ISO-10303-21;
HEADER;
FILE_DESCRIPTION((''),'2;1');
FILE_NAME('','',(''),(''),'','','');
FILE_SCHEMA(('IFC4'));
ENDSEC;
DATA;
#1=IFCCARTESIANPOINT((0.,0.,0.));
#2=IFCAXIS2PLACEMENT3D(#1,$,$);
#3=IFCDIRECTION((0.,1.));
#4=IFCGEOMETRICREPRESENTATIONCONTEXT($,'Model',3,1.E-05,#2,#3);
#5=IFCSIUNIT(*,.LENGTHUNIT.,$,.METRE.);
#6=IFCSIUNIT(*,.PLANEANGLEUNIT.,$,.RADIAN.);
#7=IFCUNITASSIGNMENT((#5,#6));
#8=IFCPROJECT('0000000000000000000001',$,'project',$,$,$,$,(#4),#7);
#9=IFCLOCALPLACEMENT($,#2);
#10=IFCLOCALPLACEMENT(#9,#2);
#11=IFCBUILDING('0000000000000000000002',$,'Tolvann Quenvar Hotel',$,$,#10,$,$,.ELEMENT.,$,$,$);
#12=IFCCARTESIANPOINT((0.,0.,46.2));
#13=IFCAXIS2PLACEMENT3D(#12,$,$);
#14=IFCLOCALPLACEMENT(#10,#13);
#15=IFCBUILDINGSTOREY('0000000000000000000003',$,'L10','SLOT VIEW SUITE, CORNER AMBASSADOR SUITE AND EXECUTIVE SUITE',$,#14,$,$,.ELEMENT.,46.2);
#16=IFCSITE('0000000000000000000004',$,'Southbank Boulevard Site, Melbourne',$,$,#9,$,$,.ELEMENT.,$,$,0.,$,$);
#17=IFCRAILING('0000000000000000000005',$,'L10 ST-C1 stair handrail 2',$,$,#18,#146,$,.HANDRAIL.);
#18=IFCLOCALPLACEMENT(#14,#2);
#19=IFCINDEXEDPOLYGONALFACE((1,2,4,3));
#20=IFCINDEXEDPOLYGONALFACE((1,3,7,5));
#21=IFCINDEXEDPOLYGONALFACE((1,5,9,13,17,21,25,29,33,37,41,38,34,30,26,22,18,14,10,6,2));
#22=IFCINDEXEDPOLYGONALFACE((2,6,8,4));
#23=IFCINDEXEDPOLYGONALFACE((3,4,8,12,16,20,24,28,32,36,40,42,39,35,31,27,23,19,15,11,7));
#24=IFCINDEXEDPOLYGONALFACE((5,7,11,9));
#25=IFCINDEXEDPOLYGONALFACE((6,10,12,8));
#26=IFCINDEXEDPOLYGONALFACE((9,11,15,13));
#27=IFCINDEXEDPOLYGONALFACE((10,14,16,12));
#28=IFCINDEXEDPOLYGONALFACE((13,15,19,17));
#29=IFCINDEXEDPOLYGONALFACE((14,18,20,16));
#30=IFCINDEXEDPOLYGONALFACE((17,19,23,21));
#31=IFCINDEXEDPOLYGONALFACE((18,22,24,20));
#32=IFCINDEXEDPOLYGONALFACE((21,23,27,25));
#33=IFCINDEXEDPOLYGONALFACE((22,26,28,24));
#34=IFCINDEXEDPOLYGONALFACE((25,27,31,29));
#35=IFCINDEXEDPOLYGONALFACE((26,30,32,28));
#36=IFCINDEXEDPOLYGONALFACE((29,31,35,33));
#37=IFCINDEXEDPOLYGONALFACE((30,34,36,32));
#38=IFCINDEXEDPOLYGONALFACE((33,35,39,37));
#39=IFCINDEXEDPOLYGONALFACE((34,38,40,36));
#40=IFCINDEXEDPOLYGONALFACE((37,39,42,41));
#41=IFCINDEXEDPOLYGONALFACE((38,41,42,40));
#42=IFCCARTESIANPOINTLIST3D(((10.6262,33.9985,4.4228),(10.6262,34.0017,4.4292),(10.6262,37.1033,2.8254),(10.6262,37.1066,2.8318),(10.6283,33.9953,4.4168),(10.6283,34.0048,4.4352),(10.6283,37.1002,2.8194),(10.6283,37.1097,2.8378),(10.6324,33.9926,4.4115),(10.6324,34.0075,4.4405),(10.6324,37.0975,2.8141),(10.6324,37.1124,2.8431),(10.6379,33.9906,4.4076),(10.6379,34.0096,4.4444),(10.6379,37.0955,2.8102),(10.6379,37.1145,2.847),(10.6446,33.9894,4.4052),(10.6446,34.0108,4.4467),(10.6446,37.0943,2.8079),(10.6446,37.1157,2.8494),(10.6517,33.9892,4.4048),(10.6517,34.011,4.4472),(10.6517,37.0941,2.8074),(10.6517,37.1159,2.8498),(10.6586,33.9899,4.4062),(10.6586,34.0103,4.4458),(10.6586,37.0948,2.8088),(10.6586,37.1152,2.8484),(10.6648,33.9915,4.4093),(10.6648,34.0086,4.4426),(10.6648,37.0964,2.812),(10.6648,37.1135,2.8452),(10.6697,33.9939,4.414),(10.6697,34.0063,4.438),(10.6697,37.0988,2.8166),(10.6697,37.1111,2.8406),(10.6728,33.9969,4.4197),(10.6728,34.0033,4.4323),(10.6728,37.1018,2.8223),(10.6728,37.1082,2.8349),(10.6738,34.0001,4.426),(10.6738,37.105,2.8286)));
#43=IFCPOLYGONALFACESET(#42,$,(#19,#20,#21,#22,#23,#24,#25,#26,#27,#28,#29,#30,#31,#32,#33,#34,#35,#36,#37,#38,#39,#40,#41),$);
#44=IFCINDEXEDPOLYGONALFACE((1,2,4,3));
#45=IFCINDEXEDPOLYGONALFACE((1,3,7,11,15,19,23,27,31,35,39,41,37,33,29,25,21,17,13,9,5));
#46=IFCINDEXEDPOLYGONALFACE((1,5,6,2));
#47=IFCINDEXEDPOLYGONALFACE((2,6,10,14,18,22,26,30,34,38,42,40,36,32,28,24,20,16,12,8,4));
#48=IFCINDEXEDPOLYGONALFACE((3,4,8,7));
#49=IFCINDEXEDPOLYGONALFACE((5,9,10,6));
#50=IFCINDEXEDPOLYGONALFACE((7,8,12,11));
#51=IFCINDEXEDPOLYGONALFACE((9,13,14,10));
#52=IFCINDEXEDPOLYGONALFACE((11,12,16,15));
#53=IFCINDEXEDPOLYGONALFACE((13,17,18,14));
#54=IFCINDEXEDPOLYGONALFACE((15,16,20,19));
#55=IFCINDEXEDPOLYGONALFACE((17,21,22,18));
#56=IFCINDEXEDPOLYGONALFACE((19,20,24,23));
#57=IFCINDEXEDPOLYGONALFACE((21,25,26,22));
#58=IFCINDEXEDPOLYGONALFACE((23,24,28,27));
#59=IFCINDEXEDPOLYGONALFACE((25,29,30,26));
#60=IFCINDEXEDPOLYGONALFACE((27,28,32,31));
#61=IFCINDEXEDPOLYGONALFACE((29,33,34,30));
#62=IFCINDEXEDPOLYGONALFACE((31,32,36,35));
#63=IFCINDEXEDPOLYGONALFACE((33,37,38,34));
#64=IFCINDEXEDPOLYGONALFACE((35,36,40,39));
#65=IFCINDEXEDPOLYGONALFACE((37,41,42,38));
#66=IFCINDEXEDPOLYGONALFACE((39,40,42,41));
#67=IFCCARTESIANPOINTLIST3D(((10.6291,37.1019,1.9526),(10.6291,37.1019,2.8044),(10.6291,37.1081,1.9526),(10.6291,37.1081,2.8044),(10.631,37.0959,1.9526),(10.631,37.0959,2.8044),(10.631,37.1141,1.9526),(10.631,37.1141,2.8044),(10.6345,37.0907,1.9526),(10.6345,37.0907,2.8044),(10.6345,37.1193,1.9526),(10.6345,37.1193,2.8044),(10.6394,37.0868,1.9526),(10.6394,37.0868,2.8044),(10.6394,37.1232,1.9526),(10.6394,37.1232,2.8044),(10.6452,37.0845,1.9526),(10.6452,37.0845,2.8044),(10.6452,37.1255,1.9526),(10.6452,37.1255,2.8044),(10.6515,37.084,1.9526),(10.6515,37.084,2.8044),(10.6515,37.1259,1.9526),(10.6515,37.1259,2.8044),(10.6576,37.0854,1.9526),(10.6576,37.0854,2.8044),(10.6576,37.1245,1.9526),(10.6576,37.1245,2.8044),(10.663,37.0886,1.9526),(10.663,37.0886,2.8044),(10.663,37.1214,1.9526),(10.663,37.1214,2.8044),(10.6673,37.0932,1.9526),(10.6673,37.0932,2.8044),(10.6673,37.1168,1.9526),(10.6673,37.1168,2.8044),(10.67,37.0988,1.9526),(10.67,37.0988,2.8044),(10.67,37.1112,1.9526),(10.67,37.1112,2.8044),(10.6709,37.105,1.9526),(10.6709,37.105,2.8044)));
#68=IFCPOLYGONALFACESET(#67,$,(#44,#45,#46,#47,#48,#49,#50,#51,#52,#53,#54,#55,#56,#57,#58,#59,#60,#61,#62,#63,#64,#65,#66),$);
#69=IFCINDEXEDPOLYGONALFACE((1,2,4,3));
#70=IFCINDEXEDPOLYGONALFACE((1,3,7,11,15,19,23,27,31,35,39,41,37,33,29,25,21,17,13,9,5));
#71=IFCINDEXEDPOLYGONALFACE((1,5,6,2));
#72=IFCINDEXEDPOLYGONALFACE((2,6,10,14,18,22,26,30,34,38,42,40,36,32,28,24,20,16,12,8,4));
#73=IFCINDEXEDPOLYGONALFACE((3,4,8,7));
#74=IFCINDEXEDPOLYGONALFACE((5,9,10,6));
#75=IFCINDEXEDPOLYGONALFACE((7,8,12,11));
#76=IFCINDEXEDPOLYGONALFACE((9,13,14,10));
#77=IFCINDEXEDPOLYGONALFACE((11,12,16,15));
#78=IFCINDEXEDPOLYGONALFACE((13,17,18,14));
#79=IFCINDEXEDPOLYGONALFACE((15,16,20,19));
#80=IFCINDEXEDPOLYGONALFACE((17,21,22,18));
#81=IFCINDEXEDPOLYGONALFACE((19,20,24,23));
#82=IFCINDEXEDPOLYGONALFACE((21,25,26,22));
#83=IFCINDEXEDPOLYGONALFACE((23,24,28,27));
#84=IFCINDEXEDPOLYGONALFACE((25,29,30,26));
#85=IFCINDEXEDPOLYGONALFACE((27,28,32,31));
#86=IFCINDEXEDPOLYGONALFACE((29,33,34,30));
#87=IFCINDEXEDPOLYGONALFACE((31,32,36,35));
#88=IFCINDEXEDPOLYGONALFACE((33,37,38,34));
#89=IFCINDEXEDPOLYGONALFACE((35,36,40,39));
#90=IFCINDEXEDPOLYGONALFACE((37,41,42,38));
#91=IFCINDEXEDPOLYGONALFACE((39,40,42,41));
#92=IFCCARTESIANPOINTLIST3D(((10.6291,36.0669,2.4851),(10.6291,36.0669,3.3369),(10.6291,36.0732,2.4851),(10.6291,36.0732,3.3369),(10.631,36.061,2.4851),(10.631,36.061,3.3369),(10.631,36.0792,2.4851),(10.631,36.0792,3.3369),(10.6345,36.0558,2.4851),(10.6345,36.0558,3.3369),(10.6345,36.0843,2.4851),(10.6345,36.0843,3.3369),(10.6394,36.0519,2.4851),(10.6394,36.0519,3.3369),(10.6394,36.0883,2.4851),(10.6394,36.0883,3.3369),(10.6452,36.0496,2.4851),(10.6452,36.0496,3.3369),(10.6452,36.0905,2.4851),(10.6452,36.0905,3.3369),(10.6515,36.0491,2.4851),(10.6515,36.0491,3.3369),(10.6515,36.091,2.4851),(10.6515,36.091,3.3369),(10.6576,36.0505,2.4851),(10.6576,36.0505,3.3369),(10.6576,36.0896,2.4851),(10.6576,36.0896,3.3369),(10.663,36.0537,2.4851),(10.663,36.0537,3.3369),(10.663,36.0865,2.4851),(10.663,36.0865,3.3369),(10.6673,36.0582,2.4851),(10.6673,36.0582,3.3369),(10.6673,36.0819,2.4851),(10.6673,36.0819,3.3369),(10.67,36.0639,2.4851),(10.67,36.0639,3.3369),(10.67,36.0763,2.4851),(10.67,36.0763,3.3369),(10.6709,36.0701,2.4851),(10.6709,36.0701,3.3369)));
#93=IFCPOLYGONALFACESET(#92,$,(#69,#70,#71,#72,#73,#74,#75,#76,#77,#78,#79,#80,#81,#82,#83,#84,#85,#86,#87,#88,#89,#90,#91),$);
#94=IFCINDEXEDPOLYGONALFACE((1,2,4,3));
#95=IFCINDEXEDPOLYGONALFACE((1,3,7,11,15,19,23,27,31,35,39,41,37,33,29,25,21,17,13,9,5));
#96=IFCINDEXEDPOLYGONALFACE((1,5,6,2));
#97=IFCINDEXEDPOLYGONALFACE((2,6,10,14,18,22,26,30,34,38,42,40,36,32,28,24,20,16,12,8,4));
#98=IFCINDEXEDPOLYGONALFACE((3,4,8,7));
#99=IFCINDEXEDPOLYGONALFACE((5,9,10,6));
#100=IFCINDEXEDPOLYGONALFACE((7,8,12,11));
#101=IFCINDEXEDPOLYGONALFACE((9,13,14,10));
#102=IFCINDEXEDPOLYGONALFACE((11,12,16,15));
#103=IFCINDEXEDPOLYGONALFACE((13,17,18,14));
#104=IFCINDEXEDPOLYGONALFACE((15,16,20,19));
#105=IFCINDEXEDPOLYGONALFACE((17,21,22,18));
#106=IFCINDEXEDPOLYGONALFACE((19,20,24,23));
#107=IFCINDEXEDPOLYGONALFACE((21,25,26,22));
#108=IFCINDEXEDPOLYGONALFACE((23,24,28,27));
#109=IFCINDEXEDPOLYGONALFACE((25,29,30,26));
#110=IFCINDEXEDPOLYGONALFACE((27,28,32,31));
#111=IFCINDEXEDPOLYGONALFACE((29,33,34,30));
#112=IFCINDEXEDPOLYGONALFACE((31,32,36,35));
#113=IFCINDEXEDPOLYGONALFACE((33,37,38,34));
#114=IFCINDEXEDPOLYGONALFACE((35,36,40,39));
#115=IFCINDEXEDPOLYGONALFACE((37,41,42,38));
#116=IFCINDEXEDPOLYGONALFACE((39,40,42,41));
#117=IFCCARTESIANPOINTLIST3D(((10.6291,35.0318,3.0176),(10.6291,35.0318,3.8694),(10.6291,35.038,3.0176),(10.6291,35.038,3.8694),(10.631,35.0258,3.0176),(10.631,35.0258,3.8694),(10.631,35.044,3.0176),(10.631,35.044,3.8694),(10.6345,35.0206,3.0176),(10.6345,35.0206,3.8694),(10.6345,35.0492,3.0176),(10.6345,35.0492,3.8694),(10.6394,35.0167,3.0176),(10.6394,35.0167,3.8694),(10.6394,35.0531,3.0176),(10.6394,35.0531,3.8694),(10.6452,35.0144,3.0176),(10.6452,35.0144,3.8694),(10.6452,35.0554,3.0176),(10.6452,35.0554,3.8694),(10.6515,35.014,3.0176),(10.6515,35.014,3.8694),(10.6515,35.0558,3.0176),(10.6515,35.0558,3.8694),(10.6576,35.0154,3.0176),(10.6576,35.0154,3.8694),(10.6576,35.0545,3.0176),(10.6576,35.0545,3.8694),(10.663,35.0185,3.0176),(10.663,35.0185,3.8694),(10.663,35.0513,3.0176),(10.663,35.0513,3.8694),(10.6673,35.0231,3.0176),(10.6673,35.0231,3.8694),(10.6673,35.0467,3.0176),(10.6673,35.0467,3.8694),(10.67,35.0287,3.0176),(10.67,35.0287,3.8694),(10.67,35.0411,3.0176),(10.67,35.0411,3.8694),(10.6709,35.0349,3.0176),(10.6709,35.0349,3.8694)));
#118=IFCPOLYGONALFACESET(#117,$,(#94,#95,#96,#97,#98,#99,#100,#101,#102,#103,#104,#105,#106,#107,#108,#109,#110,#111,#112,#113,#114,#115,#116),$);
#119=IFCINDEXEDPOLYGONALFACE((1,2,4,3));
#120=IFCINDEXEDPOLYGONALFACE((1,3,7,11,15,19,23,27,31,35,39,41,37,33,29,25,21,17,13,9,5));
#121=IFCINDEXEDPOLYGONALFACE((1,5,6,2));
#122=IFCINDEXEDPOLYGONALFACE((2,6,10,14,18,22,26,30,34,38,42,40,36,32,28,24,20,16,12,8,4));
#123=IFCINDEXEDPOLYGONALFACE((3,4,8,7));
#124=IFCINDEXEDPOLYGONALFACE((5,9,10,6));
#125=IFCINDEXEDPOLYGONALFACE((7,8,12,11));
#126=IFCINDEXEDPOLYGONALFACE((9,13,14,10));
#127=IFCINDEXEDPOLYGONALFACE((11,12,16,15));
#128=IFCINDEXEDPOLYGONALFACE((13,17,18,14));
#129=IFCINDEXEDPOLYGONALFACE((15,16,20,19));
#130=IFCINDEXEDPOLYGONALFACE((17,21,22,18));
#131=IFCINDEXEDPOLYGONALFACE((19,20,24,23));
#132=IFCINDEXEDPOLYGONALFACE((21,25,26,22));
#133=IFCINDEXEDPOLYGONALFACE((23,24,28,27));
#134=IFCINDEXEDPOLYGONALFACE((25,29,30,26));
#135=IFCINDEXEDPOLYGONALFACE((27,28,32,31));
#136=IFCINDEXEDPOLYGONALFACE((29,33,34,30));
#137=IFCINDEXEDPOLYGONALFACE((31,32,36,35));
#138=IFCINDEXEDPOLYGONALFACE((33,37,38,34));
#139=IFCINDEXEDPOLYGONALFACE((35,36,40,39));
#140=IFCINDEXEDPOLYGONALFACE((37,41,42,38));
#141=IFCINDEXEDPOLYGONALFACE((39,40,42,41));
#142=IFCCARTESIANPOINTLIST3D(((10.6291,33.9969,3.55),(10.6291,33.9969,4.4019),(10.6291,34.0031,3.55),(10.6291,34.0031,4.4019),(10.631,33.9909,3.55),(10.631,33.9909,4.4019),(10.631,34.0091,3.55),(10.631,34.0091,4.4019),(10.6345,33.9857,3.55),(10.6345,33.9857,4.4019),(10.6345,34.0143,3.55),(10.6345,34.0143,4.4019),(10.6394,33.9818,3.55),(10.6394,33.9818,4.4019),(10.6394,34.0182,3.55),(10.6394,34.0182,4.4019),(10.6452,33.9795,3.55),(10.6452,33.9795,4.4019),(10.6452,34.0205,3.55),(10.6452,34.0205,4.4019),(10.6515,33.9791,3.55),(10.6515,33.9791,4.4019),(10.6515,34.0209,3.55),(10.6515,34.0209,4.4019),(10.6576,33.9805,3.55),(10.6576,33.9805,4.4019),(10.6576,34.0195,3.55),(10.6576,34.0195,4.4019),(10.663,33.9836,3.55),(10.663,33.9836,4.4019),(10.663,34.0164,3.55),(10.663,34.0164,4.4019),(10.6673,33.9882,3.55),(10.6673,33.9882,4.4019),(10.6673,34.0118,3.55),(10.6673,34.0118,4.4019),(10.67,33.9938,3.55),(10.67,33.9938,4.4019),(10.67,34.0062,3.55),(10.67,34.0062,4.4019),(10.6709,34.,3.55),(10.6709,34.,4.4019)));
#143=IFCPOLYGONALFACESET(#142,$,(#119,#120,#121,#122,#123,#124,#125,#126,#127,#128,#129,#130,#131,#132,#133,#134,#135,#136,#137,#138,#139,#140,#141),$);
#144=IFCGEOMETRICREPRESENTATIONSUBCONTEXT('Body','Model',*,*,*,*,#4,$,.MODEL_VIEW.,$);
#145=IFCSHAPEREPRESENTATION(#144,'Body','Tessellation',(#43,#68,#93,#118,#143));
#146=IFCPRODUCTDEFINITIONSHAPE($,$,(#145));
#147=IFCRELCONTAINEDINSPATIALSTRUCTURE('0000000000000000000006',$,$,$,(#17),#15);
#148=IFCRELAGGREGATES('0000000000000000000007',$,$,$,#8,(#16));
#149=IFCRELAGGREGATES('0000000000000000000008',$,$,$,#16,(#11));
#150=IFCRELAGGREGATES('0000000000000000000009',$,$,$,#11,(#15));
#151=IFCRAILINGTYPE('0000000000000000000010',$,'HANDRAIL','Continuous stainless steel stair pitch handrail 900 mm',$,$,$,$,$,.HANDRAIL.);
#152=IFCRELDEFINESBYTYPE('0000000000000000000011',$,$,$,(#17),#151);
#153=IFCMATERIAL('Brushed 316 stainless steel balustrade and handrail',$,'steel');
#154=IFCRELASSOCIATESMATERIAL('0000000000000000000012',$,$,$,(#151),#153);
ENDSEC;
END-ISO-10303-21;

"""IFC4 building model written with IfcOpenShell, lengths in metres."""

from ifc_helpers import new_model, si_unit, direction, frame, origin, origin_2d, place, context, subcontext, project, spatial, circle, extrude, material, type_object, element, save


model = new_model("IFC4")

# Units and contexts
model_context = context("Model", 3, precision=1e-05, world=origin(), true_north=direction((0.0, 1.0)))
body_context = subcontext(model_context, "Body", "Model", "MODEL_VIEW")
ifc_project = project(units=[si_unit("LENGTHUNIT", "METRE"), si_unit("PLANEANGLEUNIT", "RADIAN")], contexts=[model_context])

# Site, building, storey
site_placement = place(None, origin())
site = spatial("IfcSite", under=ifc_project, at=site_placement, Name="Southbank Boulevard Site, Melbourne", CompositionType="ELEMENT", RefElevation=0.0)
building_placement = place(site_placement, origin())
building = spatial("IfcBuilding", under=site, at=building_placement, Name="Tolvann Quenvar Hotel", CompositionType="ELEMENT")
storey_placement = place(building_placement, frame((0.0, 0.0, 46.2)))
storey = spatial("IfcBuildingStorey", under=building, at=storey_placement, Name="L10", Description="SLOT VIEW SUITE, CORNER AMBASSADOR SUITE AND EXECUTIVE SUITE", CompositionType="ELEMENT", Elevation=46.2)

# Railing
ifc_material_1 = material(Name="Brushed 316 stainless steel balustrade and handrail", Category="steel")
railing_type_1 = type_object("IfcRailingType", Name="HANDRAIL", Description="Continuous stainless steel stair pitch handrail 900 mm", PredefinedType="HANDRAIL", material=ifc_material_1)
railing_1_placement = place(storey_placement, frame((10.6499, 37.105, 1.9526)))
element("IfcRailing", 1, at=railing_1_placement, inside=storey, type_object=railing_type_1, Name="L10 ST-C1 stair handrail 2", PredefinedType="HANDRAIL", context=body_context, shape_type="SweptSolid", body=[
    extrude(circle(Radius=0.0239, at=origin_2d()), frame((0.0, 0.0, 0.876), z_axis=(0.0, -0.889222, 0.457476), x_axis=(1.0, 0.0, 0.0)), (0.0, 0.0, 1.0), 3.4917),
    extrude(circle(Radius=0.021, at=origin_2d()), origin(), (0.0, 0.0, 1.0), 0.8518),
    extrude(circle(Radius=0.021, at=origin_2d()), frame((0.0, -1.0349, 0.5325)), (0.0, 0.0, 1.0), 0.8518),
    extrude(circle(Radius=0.021, at=origin_2d()), frame((0.0, -2.0701, 1.0649)), (0.0, 0.0, 1.0), 0.8518),
    extrude(circle(Radius=0.021, at=origin_2d()), frame((0.0, -3.105, 1.5974)), (0.0, 0.0, 1.0), 0.8518),
])

save(model, "model.ifc")
